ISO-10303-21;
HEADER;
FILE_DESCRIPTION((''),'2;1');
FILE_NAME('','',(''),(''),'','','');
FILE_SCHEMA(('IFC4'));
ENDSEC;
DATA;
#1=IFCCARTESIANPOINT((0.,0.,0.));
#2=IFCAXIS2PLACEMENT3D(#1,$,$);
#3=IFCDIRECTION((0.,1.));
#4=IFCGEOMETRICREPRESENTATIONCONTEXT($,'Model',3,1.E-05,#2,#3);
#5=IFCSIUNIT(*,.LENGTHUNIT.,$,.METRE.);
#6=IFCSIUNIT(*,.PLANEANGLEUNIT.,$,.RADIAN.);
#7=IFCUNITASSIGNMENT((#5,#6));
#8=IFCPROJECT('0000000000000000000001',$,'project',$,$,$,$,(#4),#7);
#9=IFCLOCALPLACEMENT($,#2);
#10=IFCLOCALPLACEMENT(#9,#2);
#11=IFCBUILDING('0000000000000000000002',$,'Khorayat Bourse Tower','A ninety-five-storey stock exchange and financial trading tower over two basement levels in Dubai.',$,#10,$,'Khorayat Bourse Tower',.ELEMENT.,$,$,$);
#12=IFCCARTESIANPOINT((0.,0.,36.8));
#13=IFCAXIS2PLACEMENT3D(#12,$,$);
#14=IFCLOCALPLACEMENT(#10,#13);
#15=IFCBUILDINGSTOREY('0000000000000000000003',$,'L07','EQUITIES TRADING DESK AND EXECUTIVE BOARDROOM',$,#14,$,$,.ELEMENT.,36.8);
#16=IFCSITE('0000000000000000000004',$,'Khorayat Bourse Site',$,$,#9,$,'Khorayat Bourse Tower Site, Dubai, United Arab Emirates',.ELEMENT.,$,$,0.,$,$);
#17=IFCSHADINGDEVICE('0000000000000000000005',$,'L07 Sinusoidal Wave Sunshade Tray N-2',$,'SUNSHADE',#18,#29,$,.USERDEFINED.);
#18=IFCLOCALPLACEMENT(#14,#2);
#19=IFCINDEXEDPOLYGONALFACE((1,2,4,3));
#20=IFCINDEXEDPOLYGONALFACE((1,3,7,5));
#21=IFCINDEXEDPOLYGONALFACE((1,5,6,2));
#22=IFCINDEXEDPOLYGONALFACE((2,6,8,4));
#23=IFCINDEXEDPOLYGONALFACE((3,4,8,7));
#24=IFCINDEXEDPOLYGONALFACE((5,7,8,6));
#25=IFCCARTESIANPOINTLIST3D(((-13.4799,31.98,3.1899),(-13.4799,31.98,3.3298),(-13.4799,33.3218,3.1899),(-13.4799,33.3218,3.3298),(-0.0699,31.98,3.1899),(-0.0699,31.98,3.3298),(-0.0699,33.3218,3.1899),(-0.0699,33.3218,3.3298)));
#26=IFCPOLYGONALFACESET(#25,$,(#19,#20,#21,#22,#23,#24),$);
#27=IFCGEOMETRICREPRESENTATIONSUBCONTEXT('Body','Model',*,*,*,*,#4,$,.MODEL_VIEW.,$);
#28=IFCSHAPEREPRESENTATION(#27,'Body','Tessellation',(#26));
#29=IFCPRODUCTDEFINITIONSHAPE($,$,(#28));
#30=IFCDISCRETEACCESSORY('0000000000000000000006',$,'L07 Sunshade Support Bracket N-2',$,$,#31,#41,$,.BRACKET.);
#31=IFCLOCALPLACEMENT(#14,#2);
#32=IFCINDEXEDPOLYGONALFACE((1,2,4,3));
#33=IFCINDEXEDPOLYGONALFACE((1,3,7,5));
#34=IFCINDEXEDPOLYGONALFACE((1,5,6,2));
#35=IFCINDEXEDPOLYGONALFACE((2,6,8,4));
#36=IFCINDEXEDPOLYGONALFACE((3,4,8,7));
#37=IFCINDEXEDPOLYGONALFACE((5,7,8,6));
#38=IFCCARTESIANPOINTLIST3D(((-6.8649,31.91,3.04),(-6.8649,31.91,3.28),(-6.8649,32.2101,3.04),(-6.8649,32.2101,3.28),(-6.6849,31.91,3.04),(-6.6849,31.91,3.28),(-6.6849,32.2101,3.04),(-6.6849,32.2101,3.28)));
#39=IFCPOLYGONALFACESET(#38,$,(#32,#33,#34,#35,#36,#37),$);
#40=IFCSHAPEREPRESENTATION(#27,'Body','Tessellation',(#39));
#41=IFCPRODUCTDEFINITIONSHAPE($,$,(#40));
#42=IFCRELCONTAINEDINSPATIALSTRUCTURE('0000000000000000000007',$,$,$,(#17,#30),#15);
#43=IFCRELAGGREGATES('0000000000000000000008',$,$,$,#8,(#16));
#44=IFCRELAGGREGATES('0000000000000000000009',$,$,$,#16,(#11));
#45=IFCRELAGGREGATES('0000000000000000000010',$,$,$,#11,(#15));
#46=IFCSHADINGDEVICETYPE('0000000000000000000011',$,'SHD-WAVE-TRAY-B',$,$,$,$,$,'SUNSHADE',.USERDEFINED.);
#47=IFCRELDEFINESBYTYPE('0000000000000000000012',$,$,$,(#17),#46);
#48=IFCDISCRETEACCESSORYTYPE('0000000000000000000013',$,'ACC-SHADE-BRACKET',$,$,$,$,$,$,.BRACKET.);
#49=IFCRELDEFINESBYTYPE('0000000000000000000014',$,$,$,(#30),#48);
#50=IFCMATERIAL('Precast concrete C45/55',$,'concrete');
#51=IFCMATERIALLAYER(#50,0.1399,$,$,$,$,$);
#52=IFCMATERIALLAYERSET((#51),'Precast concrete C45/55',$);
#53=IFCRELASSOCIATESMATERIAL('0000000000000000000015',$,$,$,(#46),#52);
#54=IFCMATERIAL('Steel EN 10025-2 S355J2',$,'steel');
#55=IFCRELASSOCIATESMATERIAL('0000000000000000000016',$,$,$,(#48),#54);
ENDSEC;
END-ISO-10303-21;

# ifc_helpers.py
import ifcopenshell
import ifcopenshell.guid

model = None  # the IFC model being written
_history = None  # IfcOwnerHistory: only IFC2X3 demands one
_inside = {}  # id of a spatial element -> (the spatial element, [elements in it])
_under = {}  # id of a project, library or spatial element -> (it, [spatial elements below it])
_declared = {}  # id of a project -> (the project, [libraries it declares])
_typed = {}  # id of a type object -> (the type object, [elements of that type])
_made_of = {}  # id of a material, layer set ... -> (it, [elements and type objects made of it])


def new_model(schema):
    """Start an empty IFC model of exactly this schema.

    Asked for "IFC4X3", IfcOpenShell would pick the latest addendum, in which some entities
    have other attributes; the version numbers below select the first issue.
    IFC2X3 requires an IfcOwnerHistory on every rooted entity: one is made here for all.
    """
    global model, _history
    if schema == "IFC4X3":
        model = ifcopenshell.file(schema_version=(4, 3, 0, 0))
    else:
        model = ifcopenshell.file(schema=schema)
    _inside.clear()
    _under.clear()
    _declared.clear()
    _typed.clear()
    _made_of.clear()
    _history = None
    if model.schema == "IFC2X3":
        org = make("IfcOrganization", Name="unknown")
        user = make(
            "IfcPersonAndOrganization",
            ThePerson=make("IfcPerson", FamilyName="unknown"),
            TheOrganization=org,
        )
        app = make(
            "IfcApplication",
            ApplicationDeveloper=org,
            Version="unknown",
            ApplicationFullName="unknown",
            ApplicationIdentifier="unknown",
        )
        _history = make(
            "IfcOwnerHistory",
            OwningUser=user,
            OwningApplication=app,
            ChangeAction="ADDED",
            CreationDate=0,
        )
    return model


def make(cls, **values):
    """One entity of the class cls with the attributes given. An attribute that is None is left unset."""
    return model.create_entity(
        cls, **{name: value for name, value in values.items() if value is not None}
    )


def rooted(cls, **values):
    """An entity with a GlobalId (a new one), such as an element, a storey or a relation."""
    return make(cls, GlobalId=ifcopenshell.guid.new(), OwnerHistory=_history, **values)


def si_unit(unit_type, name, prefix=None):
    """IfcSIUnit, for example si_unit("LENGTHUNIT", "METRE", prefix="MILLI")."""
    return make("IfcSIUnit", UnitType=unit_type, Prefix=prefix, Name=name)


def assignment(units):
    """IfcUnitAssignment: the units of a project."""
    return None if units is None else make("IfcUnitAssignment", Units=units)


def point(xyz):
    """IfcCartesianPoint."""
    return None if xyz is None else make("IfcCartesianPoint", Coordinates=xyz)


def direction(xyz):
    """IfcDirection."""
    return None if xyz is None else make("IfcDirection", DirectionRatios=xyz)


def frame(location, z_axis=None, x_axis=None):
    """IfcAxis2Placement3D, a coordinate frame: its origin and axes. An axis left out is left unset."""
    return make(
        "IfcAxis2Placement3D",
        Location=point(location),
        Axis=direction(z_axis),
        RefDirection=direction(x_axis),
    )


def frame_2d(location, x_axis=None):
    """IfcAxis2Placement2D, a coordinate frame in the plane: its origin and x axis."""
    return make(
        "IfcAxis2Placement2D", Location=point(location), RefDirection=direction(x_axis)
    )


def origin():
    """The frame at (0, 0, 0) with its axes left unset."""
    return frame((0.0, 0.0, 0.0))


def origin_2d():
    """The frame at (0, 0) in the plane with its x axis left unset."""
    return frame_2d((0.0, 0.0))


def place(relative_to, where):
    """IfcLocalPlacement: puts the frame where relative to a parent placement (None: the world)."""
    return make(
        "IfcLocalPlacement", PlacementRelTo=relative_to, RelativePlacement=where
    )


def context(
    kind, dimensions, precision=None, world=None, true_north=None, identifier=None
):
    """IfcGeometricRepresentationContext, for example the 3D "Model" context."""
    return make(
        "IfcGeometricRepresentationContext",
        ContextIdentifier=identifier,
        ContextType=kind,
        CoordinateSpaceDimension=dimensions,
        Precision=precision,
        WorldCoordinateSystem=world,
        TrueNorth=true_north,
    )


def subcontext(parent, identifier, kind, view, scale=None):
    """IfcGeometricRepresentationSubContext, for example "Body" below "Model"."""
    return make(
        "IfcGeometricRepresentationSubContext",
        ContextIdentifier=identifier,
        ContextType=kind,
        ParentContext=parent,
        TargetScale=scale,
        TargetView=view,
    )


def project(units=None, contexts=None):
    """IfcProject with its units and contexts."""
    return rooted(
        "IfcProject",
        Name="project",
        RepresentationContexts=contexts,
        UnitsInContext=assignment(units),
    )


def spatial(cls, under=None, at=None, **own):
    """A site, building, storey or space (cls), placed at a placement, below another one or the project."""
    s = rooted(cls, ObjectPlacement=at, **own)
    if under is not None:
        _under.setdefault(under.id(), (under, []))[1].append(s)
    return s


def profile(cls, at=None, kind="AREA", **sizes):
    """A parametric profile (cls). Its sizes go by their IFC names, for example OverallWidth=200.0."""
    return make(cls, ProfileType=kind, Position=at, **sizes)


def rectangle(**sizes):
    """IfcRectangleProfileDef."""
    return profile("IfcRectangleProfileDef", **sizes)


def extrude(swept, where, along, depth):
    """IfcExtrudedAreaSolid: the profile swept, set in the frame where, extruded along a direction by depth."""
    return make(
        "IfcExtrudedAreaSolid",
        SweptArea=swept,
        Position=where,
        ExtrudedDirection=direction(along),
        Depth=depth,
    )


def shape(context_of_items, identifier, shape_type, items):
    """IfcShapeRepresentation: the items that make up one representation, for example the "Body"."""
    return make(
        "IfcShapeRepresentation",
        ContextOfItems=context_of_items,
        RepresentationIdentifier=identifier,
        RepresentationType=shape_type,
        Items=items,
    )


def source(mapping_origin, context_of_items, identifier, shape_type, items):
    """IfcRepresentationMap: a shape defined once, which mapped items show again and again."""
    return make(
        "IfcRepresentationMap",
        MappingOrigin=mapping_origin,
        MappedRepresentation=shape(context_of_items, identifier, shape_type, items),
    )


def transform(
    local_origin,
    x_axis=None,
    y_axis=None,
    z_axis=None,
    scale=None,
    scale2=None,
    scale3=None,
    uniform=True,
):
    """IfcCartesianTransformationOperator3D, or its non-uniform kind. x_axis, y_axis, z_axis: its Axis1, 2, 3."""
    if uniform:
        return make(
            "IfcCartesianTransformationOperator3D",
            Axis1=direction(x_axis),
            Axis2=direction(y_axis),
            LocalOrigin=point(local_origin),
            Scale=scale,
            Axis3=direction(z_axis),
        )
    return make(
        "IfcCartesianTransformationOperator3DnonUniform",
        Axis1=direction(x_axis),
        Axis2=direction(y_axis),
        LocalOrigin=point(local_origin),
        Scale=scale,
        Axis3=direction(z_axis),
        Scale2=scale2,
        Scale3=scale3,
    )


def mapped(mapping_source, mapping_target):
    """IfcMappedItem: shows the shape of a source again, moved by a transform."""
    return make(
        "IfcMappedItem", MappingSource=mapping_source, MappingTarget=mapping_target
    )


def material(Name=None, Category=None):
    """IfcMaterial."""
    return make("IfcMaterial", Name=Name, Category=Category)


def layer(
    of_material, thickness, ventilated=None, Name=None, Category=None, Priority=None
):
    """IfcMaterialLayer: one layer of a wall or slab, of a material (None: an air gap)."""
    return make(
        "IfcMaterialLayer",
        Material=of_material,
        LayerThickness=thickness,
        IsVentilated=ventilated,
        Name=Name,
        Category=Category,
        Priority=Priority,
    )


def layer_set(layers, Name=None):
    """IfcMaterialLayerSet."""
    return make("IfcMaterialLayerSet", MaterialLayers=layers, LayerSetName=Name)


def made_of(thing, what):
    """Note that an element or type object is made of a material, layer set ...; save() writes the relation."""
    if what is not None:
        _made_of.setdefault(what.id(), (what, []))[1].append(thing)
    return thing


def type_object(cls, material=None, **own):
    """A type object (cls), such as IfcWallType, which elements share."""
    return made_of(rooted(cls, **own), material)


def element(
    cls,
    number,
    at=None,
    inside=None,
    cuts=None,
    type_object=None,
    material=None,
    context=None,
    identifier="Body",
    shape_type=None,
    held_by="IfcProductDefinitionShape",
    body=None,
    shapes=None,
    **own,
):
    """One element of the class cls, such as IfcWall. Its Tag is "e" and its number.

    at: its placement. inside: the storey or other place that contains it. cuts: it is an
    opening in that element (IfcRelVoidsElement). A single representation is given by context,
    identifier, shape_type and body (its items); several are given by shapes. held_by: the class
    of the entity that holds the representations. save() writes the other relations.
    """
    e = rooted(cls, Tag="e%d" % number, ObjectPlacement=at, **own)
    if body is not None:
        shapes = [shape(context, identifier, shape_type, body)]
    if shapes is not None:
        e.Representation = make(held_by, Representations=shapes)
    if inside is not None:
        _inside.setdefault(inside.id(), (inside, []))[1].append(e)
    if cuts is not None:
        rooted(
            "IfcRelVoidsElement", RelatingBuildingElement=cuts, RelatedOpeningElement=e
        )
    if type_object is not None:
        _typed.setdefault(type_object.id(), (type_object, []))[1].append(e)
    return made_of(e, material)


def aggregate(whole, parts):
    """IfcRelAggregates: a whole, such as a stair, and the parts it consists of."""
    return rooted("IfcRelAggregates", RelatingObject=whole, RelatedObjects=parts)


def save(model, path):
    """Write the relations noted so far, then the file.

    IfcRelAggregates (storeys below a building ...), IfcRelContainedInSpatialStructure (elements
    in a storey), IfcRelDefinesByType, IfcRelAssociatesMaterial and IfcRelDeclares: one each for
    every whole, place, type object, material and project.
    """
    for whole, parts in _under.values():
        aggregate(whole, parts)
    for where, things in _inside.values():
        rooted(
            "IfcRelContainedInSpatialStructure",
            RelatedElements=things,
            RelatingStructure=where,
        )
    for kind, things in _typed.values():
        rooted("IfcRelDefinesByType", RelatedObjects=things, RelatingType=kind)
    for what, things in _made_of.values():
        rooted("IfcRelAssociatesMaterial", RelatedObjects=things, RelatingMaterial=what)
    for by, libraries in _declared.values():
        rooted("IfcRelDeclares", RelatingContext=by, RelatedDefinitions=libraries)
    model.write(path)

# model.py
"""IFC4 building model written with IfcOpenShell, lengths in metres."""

from ifc_helpers import new_model, si_unit, direction, frame, origin, origin_2d, place, context, subcontext, project, spatial, rectangle, extrude, source, transform, mapped, material, layer, layer_set, type_object, element, save


model = new_model("IFC4")

# Units and contexts
model_context = context("Model", 3, precision=1e-05, world=origin(), true_north=direction((0.0, 1.0)))
body_context = subcontext(model_context, "Body", "Model", "MODEL_VIEW")
ifc_project = project(units=[si_unit("LENGTHUNIT", "METRE"), si_unit("PLANEANGLEUNIT", "RADIAN")], contexts=[model_context])

# Site, building, storey
site_placement = place(None, origin())
site = spatial("IfcSite", under=ifc_project, at=site_placement, Name="Khorayat Bourse Site", LongName="Khorayat Bourse Tower Site, Dubai, United Arab Emirates", CompositionType="ELEMENT", RefElevation=0.0)
building_placement = place(site_placement, origin())
building = spatial("IfcBuilding", under=site, at=building_placement, Name="Khorayat Bourse Tower", Description="A ninety-five-storey stock exchange and financial trading tower over two basement levels in Dubai.", LongName="Khorayat Bourse Tower", CompositionType="ELEMENT")
storey_placement = place(building_placement, frame((0.0, 0.0, 36.8)))
storey = spatial("IfcBuildingStorey", under=building, at=storey_placement, Name="L07", Description="EQUITIES TRADING DESK AND EXECUTIVE BOARDROOM", CompositionType="ELEMENT", Elevation=36.8)

# Shared definitions
ifc_material_1 = material(Name="Steel EN 10025-2 S355J2", Category="steel")

# Shading device
ifc_material_2 = material(Name="Precast concrete C45/55", Category="concrete")
ifc_layer_1 = layer(ifc_material_2, 0.1399)
ifc_layer_set_1 = layer_set([ifc_layer_1], Name="Precast concrete C45/55")
shading_device_type = type_object("IfcShadingDeviceType", Name="SHD-WAVE-TRAY-B", ElementType="SUNSHADE", PredefinedType="USERDEFINED", material=ifc_layer_set_1)
shared_shape_1 = source(origin(), body_context, "Body", "SweptSolid", [
    extrude(rectangle(XDim=13.4099, YDim=1.3418, at=origin_2d()), origin(), (0.0, 0.0, 1.0), 0.1399),
])
shading_device_placement = place(storey_placement, frame((-6.7749, 32.6509, 3.1899), z_axis=(0.0, 0.0, 1.0), x_axis=(1.0, 0.0, 0.0)))
element("IfcShadingDevice", 1, at=shading_device_placement, inside=storey, type_object=shading_device_type, Name="L07 Sinusoidal Wave Sunshade Tray N-2", ObjectType="SUNSHADE", PredefinedType="USERDEFINED", context=body_context, shape_type="MappedRepresentation", body=[
    mapped(shared_shape_1, transform((0.0, 0.0, 0.0), scale=1.0)),
])

# Discrete accessory
discrete_accessory_type = type_object("IfcDiscreteAccessoryType", Name="ACC-SHADE-BRACKET", PredefinedType="BRACKET", material=ifc_material_1)
shared_shape_2 = source(origin(), body_context, "Body", "SweptSolid", [
    extrude(rectangle(XDim=0.1799, YDim=0.3, at=origin_2d()), origin(), (0.0, 0.0, 1.0), 0.24),
])
discrete_accessory_placement = place(storey_placement, frame((-6.7749, 32.0601, 3.04), z_axis=(0.0, 0.0, 1.0), x_axis=(1.0, 0.0, 0.0)))
element("IfcDiscreteAccessory", 2, at=discrete_accessory_placement, inside=storey, type_object=discrete_accessory_type, Name="L07 Sunshade Support Bracket N-2", PredefinedType="BRACKET", context=body_context, shape_type="MappedRepresentation", body=[
    mapped(shared_shape_2, transform((0.0, 0.0, 0.0), scale=1.0)),
])

save(model, "model.ifc")
